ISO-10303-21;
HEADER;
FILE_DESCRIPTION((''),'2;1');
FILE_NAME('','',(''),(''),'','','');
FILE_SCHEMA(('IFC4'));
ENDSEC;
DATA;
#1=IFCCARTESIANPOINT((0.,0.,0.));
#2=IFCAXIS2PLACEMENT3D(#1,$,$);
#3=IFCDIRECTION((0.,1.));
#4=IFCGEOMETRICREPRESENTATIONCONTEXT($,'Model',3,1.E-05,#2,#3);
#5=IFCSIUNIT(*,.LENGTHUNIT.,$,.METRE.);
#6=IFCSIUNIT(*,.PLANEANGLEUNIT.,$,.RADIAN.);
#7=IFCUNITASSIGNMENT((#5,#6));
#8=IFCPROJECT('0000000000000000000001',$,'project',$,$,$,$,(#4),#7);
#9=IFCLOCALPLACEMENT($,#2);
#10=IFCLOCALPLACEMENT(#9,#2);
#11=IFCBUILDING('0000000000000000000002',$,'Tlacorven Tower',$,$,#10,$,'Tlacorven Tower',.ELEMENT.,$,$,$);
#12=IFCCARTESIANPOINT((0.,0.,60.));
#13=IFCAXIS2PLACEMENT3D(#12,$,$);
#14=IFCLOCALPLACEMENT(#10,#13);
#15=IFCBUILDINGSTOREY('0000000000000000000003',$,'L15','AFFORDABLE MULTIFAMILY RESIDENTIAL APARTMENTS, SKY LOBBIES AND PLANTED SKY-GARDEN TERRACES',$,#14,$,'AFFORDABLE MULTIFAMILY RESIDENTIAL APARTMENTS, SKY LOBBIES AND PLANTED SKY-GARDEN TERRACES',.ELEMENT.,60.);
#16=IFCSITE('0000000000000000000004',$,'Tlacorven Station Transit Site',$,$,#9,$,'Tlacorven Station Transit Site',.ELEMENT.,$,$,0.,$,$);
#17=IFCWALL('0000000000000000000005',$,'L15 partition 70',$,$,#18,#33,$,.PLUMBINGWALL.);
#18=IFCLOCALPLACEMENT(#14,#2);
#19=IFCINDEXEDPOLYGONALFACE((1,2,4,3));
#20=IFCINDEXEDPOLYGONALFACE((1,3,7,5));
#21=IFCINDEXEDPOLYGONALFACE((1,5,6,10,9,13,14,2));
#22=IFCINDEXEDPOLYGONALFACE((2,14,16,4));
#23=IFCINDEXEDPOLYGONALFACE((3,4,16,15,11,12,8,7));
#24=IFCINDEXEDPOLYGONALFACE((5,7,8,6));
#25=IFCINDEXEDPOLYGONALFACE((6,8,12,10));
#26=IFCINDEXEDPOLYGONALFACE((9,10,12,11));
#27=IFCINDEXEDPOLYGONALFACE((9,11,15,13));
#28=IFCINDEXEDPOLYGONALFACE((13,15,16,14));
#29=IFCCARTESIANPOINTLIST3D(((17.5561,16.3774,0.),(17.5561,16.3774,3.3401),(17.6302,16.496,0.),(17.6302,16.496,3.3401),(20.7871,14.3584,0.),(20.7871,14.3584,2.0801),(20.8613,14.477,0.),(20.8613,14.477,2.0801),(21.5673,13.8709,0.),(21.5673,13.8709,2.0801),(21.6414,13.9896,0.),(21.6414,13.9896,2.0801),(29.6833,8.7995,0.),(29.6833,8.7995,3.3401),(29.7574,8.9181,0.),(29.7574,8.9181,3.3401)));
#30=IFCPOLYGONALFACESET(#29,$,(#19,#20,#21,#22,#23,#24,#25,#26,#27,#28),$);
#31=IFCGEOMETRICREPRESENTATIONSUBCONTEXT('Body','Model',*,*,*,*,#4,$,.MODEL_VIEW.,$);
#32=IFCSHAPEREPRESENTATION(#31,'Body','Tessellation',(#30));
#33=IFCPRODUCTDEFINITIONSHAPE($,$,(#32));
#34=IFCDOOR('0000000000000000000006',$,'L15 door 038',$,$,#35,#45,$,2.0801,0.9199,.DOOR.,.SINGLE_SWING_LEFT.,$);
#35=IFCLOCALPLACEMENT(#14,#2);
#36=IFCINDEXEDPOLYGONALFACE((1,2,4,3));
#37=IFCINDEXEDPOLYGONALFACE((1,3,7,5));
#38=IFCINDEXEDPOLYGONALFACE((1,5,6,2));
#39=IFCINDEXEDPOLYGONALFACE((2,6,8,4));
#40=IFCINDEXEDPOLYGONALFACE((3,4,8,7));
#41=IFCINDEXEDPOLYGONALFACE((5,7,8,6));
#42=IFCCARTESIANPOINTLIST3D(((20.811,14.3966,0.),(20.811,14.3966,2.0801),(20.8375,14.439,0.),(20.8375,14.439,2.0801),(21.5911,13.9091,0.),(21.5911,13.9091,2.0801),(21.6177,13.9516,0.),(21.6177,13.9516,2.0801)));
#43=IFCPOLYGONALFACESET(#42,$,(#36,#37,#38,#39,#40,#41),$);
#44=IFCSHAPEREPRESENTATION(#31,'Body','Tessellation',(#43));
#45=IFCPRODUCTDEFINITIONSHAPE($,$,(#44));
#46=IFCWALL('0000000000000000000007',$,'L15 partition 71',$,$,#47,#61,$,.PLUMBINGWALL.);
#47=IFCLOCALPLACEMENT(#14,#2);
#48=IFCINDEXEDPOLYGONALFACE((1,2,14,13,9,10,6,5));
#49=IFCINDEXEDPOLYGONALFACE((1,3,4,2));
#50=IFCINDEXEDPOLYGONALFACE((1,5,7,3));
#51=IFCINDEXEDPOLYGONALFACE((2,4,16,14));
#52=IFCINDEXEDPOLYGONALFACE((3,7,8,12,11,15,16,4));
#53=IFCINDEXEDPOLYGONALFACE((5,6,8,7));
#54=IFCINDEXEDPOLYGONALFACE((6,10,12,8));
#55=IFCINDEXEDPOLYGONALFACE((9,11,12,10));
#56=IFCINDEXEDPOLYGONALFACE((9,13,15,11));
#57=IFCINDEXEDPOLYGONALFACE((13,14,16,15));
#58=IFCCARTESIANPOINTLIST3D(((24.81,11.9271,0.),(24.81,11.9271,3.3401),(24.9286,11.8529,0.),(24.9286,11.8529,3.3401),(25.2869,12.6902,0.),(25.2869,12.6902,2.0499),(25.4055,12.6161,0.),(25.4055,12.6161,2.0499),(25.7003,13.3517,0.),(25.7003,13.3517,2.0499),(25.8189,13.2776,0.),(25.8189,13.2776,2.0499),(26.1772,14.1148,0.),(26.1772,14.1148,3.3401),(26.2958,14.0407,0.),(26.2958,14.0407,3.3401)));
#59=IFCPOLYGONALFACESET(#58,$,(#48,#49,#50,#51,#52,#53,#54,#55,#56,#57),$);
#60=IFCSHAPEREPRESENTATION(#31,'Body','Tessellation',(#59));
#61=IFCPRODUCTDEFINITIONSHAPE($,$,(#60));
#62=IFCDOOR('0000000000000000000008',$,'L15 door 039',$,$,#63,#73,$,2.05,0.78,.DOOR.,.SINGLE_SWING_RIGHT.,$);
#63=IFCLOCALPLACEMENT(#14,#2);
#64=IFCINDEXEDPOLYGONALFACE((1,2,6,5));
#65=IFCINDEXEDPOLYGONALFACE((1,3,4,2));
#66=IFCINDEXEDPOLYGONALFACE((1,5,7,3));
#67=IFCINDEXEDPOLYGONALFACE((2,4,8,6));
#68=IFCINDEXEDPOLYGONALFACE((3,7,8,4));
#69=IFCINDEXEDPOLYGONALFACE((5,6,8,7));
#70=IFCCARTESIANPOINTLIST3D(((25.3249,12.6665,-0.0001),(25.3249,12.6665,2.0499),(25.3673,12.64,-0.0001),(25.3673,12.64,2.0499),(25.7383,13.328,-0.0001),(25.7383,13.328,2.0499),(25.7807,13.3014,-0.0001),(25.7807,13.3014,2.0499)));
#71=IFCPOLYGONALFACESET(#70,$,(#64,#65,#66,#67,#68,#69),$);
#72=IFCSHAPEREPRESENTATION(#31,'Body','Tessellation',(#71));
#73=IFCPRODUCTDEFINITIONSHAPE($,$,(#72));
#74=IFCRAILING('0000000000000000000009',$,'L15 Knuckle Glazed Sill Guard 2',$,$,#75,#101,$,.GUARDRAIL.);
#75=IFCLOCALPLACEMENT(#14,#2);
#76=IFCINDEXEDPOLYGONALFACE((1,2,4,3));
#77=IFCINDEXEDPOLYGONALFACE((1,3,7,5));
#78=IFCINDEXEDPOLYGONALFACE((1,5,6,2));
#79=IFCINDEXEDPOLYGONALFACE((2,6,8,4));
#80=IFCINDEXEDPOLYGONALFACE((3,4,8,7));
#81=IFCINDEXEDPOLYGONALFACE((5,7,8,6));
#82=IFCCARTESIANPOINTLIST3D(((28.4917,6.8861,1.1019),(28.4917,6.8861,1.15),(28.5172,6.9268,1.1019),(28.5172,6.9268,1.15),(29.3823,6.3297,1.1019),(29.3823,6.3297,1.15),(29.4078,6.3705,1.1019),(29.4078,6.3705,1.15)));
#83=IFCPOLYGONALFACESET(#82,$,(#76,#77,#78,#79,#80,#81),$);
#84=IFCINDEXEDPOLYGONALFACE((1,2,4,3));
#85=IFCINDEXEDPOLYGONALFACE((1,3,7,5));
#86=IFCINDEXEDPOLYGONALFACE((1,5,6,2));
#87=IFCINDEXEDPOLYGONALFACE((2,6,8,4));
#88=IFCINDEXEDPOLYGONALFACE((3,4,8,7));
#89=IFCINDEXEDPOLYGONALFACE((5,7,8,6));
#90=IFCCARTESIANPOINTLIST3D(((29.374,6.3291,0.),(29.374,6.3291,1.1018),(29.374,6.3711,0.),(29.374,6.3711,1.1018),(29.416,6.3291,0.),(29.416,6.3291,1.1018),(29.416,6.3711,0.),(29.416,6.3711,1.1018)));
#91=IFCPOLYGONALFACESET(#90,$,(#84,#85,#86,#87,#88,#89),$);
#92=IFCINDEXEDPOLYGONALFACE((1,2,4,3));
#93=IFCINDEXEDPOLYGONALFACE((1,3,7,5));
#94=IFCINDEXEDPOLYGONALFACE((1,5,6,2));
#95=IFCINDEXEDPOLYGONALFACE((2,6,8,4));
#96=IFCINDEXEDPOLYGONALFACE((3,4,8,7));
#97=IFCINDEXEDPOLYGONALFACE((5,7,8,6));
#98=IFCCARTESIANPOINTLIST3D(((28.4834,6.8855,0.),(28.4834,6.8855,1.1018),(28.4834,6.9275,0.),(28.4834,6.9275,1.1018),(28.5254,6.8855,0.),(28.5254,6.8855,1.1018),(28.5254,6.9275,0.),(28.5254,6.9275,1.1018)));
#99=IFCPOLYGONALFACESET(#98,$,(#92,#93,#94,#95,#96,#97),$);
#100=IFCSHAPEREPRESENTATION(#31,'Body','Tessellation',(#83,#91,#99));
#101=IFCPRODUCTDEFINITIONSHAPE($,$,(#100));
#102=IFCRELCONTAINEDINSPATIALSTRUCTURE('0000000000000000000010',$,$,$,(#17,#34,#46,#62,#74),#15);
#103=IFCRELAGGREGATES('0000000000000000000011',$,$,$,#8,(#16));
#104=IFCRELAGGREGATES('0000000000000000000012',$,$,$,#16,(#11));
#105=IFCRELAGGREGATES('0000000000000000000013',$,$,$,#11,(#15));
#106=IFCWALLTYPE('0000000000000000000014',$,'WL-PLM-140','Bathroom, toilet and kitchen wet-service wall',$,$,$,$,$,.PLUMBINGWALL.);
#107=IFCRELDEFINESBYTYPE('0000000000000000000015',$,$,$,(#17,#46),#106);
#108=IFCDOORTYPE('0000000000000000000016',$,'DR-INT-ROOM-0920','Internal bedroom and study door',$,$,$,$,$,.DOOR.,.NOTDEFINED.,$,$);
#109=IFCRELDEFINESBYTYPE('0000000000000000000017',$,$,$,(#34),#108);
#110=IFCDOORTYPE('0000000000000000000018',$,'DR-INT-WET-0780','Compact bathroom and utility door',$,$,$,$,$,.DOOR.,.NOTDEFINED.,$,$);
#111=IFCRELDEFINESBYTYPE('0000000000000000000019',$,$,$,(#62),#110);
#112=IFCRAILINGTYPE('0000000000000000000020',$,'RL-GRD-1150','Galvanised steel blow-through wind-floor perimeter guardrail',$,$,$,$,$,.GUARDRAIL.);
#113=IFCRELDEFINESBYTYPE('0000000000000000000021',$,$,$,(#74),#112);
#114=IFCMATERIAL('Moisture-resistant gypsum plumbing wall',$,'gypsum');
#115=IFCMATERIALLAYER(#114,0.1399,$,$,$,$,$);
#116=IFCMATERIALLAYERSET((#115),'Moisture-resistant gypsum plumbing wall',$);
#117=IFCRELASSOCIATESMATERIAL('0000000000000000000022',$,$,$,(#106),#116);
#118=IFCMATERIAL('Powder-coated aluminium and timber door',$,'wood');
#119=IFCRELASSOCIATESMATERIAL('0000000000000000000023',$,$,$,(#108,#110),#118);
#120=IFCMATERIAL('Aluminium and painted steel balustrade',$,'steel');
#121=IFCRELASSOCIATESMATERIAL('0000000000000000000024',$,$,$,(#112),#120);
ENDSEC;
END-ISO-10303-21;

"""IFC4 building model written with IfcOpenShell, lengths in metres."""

from ifc_helpers import new_model, si_unit, direction, frame, frame_2d, origin, origin_2d, place, context, subcontext, project, spatial, rectangle, extrude, source, transform, mapped, material, layer, layer_set, type_object, element, fill, save


model = new_model("IFC4")

# Units and contexts
model_context = context("Model", 3, precision=1e-05, world=origin(), true_north=direction((0.0, 1.0)))
body_context = subcontext(model_context, "Body", "Model", "MODEL_VIEW")
ifc_project = project(units=[si_unit("LENGTHUNIT", "METRE"), si_unit("PLANEANGLEUNIT", "RADIAN")], contexts=[model_context])

# Site, building, storey
site_placement = place(None, origin())
site = spatial("IfcSite", under=ifc_project, at=site_placement, Name="Tlacorven Station Transit Site", LongName="Tlacorven Station Transit Site", CompositionType="ELEMENT", RefElevation=0.0)
building_placement = place(site_placement, origin())
building = spatial("IfcBuilding", under=site, at=building_placement, Name="Tlacorven Tower", LongName="Tlacorven Tower", CompositionType="ELEMENT")
storey_placement = place(building_placement, frame((0.0, 0.0, 60.0)))
storey = spatial("IfcBuildingStorey", under=building, at=storey_placement, Name="L15", Description="AFFORDABLE MULTIFAMILY RESIDENTIAL APARTMENTS, SKY LOBBIES AND PLANTED SKY-GARDEN TERRACES", LongName="AFFORDABLE MULTIFAMILY RESIDENTIAL APARTMENTS, SKY LOBBIES AND PLANTED SKY-GARDEN TERRACES", CompositionType="ELEMENT", Elevation=60.0)

# Shared definitions
ifc_material_1 = material(Name="Powder-coated aluminium and timber door", Category="wood")

# Walls, openings, doors
ifc_material_2 = material(Name="Moisture-resistant gypsum plumbing wall", Category="gypsum")
ifc_layer_1 = layer(ifc_material_2, 0.1399)
ifc_layer_set_1 = layer_set([ifc_layer_1], Name="Moisture-resistant gypsum plumbing wall")
wall_type_1 = type_object("IfcWallType", Name="WL-PLM-140", Description="Bathroom, toilet and kitchen wet-service wall", PredefinedType="PLUMBINGWALL", material=ifc_layer_set_1)
wall_1_placement = place(storey_placement, frame((29.7202, 8.8589, 0.0), z_axis=(0.0, 0.0, 1.0), x_axis=(-0.848049, 0.529918, 0.0)))
wall_1 = element("IfcWall", 1, at=wall_1_placement, inside=storey, type_object=wall_type_1, Name="L15 partition 70", PredefinedType="PLUMBINGWALL", context=body_context, shape_type="SweptSolid", body=[
    extrude(rectangle(XDim=14.3, YDim=0.1399, at=frame_2d((7.1499, 0.0))), origin(), (0.0, 0.0, 1.0), 3.3401),
])
opening_1_placement = place(wall_1_placement, frame((9.5701, 0.0, 0.0)))
opening_1 = element("IfcOpeningElement", 2, at=opening_1_placement, cuts=wall_1, PredefinedType="OPENING", context=body_context, shape_type="SweptSolid", body=[
    extrude(rectangle(XDim=0.9199, YDim=2.0801, at=frame_2d((0.46, 1.04))), frame((0.0, 0.0801, 0.0), z_axis=(0.0, -1.0, 0.0), x_axis=(1.0, 0.0, 0.0)), (0.0, 0.0, 1.0), 0.1599),
])
door_type_1 = type_object("IfcDoorType", Name="DR-INT-ROOM-0920", Description="Internal bedroom and study door", OperationType="NOTDEFINED", PredefinedType="DOOR", material=ifc_material_1)
shared_shape_1 = source(origin(), body_context, "Body", "SweptSolid", [
    extrude(rectangle(XDim=0.9199, YDim=2.0801, at=frame_2d((0.46, 1.04))), frame((0.0, 0.0249, 0.0), z_axis=(0.0, -1.0, 0.0), x_axis=(1.0, 0.0, 0.0)), (0.0, 0.0, 1.0), 0.05),
])
door_1_placement = place(opening_1_placement, origin())
door_1 = element("IfcDoor", 3, at=door_1_placement, inside=storey, type_object=door_type_1, Name="L15 door 038", OperationType="SINGLE_SWING_LEFT", OverallHeight=2.0801, OverallWidth=0.9199, PredefinedType="DOOR", context=body_context, shape_type="MappedRepresentation", body=[
    mapped(shared_shape_1, transform((0.0, 0.0, 0.0), scale=1.0)),
])
fill(opening_1, door_1)
wall_2_placement = place(storey_placement, frame((26.2366, 14.0779, 0.0), z_axis=(0.0, 0.0, 1.0), x_axis=(-0.529956, -0.848025, 0.0)))
wall_2 = element("IfcWall", 4, at=wall_2_placement, inside=storey, type_object=wall_type_1, Name="L15 partition 71", PredefinedType="PLUMBINGWALL", context=body_context, shape_type="SweptSolid", body=[
    extrude(rectangle(XDim=2.5798, YDim=0.1399, at=frame_2d((1.29, 0.0))), origin(), (0.0, 0.0, 1.0), 3.3401),
])
opening_2_placement = place(wall_2_placement, frame((0.8999, 0.0, 0.0)))
opening_2 = element("IfcOpeningElement", 5, at=opening_2_placement, cuts=wall_2, PredefinedType="OPENING", context=body_context, shape_type="SweptSolid", body=[
    extrude(rectangle(XDim=0.78, YDim=2.05, at=frame_2d((0.3901, 1.0249))), frame((0.0, 0.0801, 0.0), z_axis=(0.0, -1.0, 0.0), x_axis=(1.0, 0.0, 0.0)), (0.0, 0.0, 1.0), 0.1599),
])
door_type_2 = type_object("IfcDoorType", Name="DR-INT-WET-0780", Description="Compact bathroom and utility door", OperationType="NOTDEFINED", PredefinedType="DOOR", material=ifc_material_1)
shared_shape_2 = source(origin(), body_context, "Body", "SweptSolid", [
    extrude(rectangle(XDim=0.78, YDim=2.05, at=frame_2d((0.3901, 1.0249))), frame((0.0, 0.0249, 0.0), z_axis=(0.0, -1.0, 0.0), x_axis=(1.0, 0.0, 0.0)), (0.0, 0.0, 1.0), 0.05),
])
door_2_placement = place(opening_2_placement, origin())
door_2 = element("IfcDoor", 6, at=door_2_placement, inside=storey, type_object=door_type_2, Name="L15 door 039", OperationType="SINGLE_SWING_RIGHT", OverallHeight=2.05, OverallWidth=0.78, PredefinedType="DOOR", context=body_context, shape_type="MappedRepresentation", body=[
    mapped(shared_shape_2, transform((0.0, 0.0, 0.0), scale=1.0)),
])
fill(opening_2, door_2)

# Railing
ifc_material_3 = material(Name="Aluminium and painted steel balustrade", Category="steel")
railing_type = type_object("IfcRailingType", Name="RL-GRD-1150", Description="Galvanised steel blow-through wind-floor perimeter guardrail", PredefinedType="GUARDRAIL", material=ifc_material_3)
shared_shape_3 = source(origin(), body_context, "Body", "SweptSolid", [
    extrude(rectangle(XDim=0.0481, YDim=0.0481, at=origin_2d()), frame((0.0, 0.0, 1.126), z_axis=(-0.848103, 0.529832, 0.0), x_axis=(-0.529832, -0.848103, 0.0)), (0.0, 0.0, 1.0), 1.05),
    extrude(rectangle(XDim=0.042, YDim=0.042, at=origin_2d()), origin(), (0.0, 0.0, 1.0), 1.1018),
    extrude(rectangle(XDim=0.042, YDim=0.042, at=origin_2d()), frame((-0.8906, 0.5564, 0.0)), (0.0, 0.0, 1.0), 1.1018),
])
railing_placement = place(storey_placement, frame((29.395, 6.3501, 0.0)))
element("IfcRailing", 7, at=railing_placement, inside=storey, type_object=railing_type, Name="L15 Knuckle Glazed Sill Guard 2", PredefinedType="GUARDRAIL", context=body_context, shape_type="MappedRepresentation", body=[
    mapped(shared_shape_3, transform((0.0, 0.0, 0.0), scale=1.0)),
])

save(model, "model.ifc")
